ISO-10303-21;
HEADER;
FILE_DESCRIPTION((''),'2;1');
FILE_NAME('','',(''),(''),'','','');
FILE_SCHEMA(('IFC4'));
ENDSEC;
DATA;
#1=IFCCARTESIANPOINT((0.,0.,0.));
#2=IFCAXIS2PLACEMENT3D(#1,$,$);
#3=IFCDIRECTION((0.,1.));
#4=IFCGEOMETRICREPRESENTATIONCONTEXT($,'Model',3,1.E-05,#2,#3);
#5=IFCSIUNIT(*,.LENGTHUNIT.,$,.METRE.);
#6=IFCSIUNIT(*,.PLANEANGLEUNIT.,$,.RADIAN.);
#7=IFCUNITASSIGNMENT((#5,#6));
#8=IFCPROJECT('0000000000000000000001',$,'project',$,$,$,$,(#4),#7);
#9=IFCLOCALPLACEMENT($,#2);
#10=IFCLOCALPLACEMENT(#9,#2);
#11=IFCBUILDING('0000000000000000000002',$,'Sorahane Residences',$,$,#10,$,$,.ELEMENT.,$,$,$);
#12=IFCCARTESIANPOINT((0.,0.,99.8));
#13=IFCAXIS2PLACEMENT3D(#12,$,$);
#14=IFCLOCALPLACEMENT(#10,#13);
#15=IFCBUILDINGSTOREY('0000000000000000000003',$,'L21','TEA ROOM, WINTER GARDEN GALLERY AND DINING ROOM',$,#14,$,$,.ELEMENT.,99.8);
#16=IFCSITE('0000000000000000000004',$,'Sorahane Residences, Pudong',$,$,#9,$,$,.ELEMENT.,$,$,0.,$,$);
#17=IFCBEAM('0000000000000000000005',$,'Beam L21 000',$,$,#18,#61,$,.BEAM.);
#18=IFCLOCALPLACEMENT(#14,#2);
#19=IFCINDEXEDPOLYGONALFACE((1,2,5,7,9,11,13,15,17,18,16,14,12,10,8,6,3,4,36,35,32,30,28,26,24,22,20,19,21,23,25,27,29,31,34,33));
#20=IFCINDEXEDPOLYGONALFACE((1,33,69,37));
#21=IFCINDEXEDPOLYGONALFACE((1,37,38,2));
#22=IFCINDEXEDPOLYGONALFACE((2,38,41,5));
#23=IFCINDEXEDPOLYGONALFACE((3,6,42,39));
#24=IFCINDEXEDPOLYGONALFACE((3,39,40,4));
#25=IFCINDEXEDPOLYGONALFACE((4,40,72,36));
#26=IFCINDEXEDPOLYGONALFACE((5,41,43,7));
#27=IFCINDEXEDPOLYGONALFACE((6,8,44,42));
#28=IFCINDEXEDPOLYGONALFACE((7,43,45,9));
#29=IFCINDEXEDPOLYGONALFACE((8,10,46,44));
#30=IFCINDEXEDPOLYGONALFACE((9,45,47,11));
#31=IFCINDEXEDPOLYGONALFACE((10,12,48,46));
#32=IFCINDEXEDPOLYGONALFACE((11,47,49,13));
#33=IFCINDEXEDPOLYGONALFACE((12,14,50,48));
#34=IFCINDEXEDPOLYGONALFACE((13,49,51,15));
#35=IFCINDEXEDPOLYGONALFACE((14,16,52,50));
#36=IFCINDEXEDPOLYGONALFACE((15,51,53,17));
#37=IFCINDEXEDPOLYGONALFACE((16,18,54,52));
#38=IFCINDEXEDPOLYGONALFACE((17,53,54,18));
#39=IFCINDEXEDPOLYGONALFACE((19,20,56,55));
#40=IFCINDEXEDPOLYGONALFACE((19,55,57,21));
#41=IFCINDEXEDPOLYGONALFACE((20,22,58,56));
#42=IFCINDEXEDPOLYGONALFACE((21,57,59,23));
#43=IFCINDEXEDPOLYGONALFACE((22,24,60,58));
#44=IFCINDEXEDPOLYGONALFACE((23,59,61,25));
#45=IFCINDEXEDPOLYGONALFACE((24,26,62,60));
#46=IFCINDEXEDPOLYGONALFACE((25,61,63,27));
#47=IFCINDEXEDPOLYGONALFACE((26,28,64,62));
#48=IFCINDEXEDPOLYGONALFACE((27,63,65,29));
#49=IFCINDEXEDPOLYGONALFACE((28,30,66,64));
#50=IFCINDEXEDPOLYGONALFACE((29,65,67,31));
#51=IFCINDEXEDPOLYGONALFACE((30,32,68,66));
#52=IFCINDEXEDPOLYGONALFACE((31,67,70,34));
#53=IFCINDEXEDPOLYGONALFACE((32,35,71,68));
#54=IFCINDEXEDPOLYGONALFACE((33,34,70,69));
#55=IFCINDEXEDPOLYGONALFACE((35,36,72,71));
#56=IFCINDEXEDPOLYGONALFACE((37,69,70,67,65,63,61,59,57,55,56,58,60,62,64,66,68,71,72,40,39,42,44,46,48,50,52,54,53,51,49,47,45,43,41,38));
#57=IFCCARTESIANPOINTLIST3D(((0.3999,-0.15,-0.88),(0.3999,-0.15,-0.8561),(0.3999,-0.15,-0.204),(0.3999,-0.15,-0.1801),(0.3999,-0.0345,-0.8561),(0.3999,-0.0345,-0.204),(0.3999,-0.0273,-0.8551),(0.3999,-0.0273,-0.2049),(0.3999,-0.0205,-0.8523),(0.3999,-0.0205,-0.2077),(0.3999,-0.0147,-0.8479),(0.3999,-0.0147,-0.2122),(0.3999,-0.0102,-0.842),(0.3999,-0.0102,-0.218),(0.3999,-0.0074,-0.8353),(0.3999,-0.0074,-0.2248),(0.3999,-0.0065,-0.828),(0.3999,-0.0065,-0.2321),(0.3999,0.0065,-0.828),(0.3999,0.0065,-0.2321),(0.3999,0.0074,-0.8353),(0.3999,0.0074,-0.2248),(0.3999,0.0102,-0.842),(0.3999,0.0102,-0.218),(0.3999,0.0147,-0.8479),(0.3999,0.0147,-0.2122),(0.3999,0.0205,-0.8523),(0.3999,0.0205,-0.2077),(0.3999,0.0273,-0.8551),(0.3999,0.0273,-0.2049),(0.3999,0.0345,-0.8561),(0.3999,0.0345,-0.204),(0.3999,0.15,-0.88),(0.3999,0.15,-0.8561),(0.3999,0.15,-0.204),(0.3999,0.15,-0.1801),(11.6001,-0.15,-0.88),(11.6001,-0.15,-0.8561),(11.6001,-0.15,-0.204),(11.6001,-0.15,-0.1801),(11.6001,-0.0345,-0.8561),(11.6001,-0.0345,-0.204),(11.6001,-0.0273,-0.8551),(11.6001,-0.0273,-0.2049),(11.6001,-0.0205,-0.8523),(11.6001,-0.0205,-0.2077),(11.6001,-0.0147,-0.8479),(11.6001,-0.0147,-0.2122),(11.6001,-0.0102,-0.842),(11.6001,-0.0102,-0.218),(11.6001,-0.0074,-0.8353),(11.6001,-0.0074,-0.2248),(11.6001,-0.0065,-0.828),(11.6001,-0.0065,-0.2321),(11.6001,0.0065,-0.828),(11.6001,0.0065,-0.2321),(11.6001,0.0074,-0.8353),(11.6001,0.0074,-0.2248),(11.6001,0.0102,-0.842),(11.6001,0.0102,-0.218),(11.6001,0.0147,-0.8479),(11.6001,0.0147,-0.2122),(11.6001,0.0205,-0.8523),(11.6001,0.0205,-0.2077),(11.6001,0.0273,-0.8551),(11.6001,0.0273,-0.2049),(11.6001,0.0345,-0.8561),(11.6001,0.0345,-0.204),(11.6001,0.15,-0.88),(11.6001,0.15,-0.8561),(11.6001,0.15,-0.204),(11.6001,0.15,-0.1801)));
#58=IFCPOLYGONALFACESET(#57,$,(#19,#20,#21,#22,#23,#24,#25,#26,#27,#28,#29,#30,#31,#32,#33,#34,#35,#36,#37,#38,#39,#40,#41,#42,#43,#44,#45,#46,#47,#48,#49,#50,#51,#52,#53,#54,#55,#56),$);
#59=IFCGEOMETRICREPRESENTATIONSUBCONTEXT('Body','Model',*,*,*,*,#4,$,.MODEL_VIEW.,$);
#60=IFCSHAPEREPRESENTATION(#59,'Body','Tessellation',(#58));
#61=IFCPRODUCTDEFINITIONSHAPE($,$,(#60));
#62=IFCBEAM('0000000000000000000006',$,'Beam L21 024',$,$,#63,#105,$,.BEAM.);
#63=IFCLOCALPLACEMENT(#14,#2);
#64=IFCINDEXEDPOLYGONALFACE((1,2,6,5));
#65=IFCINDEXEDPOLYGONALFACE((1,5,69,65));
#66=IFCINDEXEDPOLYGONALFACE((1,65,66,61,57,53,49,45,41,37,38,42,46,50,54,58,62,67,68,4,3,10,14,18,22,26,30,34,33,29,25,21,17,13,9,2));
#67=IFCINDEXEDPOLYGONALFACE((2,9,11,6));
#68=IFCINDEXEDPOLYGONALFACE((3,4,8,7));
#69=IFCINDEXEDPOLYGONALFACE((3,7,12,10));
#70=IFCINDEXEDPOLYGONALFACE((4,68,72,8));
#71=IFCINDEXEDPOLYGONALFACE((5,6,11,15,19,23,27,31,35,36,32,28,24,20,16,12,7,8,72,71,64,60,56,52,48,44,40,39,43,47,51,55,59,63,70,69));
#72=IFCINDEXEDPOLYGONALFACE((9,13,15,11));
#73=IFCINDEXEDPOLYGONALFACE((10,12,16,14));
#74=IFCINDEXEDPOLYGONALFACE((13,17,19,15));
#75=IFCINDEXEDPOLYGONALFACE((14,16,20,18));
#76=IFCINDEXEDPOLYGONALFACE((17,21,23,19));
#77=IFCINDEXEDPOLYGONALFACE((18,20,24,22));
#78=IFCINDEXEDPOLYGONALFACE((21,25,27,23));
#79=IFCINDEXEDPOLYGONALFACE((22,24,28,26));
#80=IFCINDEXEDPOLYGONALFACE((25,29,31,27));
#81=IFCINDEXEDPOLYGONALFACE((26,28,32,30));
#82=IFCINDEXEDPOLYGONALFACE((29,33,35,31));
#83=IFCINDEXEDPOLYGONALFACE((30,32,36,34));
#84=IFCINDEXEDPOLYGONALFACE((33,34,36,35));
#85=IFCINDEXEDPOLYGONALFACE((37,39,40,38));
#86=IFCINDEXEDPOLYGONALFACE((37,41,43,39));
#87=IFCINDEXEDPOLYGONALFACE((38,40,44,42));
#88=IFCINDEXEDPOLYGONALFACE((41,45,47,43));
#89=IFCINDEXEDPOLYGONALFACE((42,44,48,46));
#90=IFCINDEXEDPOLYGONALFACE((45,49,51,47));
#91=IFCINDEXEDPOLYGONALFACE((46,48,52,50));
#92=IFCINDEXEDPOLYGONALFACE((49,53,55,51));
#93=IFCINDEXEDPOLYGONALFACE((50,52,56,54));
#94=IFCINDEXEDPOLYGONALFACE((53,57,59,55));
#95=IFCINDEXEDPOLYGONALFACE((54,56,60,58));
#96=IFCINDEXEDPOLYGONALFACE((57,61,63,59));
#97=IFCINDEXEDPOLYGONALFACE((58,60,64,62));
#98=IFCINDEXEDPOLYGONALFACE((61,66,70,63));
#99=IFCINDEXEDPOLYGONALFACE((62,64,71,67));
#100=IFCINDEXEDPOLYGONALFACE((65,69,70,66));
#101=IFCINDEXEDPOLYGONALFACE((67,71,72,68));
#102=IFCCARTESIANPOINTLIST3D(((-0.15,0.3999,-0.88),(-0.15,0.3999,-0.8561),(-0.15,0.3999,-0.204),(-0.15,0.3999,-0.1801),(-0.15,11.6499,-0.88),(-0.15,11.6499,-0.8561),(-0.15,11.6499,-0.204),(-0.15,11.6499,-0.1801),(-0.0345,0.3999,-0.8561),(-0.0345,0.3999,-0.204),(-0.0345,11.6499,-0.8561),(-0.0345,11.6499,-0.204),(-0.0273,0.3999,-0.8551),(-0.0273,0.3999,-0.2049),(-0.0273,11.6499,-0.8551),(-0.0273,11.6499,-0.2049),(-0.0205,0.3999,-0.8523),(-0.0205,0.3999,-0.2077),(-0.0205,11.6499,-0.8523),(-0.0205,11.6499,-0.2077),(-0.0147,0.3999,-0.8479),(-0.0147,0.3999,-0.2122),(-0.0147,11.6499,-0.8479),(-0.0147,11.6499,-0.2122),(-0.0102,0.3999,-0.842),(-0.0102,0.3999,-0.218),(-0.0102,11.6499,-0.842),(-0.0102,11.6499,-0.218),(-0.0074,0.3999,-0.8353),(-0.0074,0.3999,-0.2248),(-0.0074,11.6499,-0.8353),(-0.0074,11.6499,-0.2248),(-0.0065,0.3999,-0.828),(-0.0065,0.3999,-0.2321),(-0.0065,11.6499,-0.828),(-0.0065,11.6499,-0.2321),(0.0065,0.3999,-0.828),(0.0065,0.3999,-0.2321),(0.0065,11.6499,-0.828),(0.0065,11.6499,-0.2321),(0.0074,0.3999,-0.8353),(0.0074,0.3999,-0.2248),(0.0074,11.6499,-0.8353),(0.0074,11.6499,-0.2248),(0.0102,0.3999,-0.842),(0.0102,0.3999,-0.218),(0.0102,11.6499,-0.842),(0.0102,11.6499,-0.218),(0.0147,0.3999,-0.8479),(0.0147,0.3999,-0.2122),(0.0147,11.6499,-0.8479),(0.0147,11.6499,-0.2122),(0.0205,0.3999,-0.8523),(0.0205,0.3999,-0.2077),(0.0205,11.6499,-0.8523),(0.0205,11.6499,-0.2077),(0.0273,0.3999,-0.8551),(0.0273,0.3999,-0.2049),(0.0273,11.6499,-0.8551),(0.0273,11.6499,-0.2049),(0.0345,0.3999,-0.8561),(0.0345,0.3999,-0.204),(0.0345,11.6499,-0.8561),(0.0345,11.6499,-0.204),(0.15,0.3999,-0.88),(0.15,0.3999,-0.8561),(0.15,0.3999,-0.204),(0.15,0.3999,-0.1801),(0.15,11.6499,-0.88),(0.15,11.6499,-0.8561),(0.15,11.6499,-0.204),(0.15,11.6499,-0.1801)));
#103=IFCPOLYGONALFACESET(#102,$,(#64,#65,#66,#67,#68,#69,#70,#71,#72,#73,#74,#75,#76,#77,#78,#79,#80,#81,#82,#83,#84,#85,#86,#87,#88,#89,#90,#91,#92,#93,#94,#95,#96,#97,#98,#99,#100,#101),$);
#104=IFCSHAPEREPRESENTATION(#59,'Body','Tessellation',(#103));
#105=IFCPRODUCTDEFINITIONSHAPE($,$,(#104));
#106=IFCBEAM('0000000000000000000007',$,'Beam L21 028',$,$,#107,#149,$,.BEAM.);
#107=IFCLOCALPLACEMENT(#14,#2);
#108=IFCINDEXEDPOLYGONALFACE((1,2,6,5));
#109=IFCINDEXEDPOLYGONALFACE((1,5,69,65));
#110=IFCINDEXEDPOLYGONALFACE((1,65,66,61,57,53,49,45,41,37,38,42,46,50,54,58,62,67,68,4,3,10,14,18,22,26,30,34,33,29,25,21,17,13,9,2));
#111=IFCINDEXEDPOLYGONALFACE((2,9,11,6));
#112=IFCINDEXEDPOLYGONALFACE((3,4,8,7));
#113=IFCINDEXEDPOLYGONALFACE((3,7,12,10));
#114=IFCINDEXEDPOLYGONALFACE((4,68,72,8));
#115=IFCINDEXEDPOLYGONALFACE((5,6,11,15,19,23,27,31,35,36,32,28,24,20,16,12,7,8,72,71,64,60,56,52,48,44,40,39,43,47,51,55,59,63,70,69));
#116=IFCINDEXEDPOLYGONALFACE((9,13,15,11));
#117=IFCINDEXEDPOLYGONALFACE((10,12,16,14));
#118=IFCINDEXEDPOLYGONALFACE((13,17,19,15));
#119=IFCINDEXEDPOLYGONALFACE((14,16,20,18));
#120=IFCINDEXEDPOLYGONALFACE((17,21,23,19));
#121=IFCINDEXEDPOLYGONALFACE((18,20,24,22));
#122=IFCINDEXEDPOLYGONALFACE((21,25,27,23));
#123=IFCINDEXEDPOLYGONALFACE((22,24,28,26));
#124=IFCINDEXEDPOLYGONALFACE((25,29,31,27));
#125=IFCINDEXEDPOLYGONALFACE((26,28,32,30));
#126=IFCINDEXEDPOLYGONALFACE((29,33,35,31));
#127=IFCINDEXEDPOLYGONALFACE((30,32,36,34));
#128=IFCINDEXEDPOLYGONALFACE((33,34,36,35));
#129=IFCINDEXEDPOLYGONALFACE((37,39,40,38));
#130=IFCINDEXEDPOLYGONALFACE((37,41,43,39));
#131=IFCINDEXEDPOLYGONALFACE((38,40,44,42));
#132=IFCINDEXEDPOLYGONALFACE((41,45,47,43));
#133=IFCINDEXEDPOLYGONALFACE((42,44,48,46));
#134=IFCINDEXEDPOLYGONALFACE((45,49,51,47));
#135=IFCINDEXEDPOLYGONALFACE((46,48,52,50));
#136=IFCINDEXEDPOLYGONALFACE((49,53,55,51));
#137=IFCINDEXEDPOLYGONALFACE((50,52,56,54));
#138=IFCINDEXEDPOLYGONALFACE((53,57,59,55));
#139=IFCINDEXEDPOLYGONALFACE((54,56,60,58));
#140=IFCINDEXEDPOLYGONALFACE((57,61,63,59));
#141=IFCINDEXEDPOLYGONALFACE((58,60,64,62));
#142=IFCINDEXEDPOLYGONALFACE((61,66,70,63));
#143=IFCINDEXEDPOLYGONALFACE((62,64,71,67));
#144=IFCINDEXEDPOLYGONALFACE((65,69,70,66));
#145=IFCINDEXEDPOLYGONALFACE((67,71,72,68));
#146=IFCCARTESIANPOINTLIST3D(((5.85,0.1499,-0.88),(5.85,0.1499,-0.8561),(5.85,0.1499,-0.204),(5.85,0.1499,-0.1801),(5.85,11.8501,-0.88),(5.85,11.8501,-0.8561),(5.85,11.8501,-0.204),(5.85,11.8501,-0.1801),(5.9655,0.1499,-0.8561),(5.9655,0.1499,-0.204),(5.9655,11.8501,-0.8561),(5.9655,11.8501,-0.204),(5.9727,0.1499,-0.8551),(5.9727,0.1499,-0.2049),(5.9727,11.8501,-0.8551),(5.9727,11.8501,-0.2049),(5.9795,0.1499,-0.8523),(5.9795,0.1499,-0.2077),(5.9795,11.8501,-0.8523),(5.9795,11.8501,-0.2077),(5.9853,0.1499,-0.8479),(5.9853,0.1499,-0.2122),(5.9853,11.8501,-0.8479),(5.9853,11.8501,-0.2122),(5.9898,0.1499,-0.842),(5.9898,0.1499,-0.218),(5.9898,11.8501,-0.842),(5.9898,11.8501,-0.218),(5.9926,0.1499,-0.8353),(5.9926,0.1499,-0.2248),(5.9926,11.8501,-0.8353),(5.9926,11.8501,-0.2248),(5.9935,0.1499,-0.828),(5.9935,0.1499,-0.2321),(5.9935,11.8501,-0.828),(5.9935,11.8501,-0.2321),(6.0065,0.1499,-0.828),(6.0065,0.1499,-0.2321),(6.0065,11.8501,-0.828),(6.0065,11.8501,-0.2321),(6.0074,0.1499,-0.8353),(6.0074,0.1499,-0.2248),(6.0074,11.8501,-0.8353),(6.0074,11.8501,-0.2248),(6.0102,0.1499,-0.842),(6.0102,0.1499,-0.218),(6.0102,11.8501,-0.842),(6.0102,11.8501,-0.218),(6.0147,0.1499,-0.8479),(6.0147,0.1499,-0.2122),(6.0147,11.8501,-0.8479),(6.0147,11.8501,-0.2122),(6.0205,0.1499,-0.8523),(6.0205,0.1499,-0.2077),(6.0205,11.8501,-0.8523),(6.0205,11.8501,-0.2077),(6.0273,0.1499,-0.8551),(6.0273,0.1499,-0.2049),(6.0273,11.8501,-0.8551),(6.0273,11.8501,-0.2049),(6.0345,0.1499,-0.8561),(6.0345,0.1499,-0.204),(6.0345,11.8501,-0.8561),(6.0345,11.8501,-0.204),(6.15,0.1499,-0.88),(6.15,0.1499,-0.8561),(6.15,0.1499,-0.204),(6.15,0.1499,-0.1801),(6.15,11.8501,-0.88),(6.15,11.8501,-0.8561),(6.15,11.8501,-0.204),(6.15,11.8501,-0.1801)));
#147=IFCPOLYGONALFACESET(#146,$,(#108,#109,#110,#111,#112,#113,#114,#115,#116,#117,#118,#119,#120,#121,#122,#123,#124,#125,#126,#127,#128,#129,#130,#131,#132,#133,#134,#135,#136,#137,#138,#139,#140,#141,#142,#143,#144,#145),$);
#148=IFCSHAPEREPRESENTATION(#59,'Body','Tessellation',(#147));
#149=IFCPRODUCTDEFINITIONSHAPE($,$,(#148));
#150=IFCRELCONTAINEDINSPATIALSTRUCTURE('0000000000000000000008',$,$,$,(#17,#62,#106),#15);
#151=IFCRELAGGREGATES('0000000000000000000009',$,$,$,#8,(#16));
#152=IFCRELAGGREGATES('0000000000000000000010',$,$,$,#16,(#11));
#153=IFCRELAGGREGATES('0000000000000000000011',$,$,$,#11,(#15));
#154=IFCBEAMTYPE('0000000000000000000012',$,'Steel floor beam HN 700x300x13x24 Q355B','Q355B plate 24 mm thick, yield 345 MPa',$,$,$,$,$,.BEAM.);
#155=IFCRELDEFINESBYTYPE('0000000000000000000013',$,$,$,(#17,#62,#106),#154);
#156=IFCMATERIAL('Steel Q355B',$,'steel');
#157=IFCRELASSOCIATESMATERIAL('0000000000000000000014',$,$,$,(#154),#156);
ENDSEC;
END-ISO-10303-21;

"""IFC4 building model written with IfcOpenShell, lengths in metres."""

from ifc_helpers import new_model, si_unit, direction, frame, origin, origin_2d, place, context, subcontext, project, spatial, i_section, extrude, material, material_profile, profile_set, type_object, element, save


model = new_model("IFC4")

# Units and contexts
model_context = context("Model", 3, precision=1e-05, world=origin(), true_north=direction((0.0, 1.0)))
body_context = subcontext(model_context, "Body", "Model", "MODEL_VIEW")
ifc_project = project(units=[si_unit("LENGTHUNIT", "METRE"), si_unit("PLANEANGLEUNIT", "RADIAN")], contexts=[model_context])

# Site, building, storey
site_placement = place(None, origin())
site = spatial("IfcSite", under=ifc_project, at=site_placement, Name="Sorahane Residences, Pudong", CompositionType="ELEMENT", RefElevation=0.0)
building_placement = place(site_placement, origin())
building = spatial("IfcBuilding", under=site, at=building_placement, Name="Sorahane Residences", CompositionType="ELEMENT")
storey_placement = place(building_placement, frame((0.0, 0.0, 99.8)))
storey = spatial("IfcBuildingStorey", under=building, at=storey_placement, Name="L21", Description="TEA ROOM, WINTER GARDEN GALLERY AND DINING ROOM", CompositionType="ELEMENT", Elevation=99.8)

# Beams
ifc_material_1 = material(Name="Steel Q355B", Category="steel")
ifc_material_profile_1 = material_profile(ifc_material_1, i_section(OverallWidth=0.3, OverallDepth=0.7, WebThickness=0.0129, FlangeThickness=0.0239, FilletRadius=0.0281, at=origin_2d()), Name="HN 700x300x13x24")
ifc_profile_set_1 = profile_set([ifc_material_profile_1], Name="Steel Q355B")
beam_type_1 = type_object("IfcBeamType", Name="Steel floor beam HN 700x300x13x24 Q355B", Description="Q355B plate 24 mm thick, yield 345 MPa", PredefinedType="BEAM", material=ifc_profile_set_1)
beam_1_placement = place(storey_placement, frame((0.3999, 0.0, -0.53), z_axis=(1.0, 0.0, 0.0), x_axis=(0.0, 1.0, 0.0)))
element("IfcBeam", 1, at=beam_1_placement, inside=storey, type_object=beam_type_1, Name="Beam L21 000", PredefinedType="BEAM", context=body_context, shape_type="SweptSolid", body=[
    extrude(i_section(OverallWidth=0.3, OverallDepth=0.7, WebThickness=0.0129, FlangeThickness=0.0239, FilletRadius=0.0281, at=origin_2d()), origin(), (0.0, 0.0, 1.0), 11.2002),
])
beam_2_placement = place(storey_placement, frame((0.0, 0.3999, -0.53), z_axis=(0.0, 1.0, 0.0), x_axis=(-1.0, 0.0, 0.0)))
element("IfcBeam", 2, at=beam_2_placement, inside=storey, type_object=beam_type_1, Name="Beam L21 024", PredefinedType="BEAM", context=body_context, shape_type="SweptSolid", body=[
    extrude(i_section(OverallWidth=0.3, OverallDepth=0.7, WebThickness=0.0129, FlangeThickness=0.0239, FilletRadius=0.0281, at=origin_2d()), origin(), (0.0, 0.0, 1.0), 11.25),
])
beam_3_placement = place(storey_placement, frame((6.0, 0.1499, -0.53), z_axis=(0.0, 1.0, 0.0), x_axis=(-1.0, 0.0, 0.0)))
element("IfcBeam", 3, at=beam_3_placement, inside=storey, type_object=beam_type_1, Name="Beam L21 028", PredefinedType="BEAM", context=body_context, shape_type="SweptSolid", body=[
    extrude(i_section(OverallWidth=0.3, OverallDepth=0.7, WebThickness=0.0129, FlangeThickness=0.0239, FilletRadius=0.0281, at=origin_2d()), origin(), (0.0, 0.0, 1.0), 11.7002),
])

save(model, "model.ifc")
